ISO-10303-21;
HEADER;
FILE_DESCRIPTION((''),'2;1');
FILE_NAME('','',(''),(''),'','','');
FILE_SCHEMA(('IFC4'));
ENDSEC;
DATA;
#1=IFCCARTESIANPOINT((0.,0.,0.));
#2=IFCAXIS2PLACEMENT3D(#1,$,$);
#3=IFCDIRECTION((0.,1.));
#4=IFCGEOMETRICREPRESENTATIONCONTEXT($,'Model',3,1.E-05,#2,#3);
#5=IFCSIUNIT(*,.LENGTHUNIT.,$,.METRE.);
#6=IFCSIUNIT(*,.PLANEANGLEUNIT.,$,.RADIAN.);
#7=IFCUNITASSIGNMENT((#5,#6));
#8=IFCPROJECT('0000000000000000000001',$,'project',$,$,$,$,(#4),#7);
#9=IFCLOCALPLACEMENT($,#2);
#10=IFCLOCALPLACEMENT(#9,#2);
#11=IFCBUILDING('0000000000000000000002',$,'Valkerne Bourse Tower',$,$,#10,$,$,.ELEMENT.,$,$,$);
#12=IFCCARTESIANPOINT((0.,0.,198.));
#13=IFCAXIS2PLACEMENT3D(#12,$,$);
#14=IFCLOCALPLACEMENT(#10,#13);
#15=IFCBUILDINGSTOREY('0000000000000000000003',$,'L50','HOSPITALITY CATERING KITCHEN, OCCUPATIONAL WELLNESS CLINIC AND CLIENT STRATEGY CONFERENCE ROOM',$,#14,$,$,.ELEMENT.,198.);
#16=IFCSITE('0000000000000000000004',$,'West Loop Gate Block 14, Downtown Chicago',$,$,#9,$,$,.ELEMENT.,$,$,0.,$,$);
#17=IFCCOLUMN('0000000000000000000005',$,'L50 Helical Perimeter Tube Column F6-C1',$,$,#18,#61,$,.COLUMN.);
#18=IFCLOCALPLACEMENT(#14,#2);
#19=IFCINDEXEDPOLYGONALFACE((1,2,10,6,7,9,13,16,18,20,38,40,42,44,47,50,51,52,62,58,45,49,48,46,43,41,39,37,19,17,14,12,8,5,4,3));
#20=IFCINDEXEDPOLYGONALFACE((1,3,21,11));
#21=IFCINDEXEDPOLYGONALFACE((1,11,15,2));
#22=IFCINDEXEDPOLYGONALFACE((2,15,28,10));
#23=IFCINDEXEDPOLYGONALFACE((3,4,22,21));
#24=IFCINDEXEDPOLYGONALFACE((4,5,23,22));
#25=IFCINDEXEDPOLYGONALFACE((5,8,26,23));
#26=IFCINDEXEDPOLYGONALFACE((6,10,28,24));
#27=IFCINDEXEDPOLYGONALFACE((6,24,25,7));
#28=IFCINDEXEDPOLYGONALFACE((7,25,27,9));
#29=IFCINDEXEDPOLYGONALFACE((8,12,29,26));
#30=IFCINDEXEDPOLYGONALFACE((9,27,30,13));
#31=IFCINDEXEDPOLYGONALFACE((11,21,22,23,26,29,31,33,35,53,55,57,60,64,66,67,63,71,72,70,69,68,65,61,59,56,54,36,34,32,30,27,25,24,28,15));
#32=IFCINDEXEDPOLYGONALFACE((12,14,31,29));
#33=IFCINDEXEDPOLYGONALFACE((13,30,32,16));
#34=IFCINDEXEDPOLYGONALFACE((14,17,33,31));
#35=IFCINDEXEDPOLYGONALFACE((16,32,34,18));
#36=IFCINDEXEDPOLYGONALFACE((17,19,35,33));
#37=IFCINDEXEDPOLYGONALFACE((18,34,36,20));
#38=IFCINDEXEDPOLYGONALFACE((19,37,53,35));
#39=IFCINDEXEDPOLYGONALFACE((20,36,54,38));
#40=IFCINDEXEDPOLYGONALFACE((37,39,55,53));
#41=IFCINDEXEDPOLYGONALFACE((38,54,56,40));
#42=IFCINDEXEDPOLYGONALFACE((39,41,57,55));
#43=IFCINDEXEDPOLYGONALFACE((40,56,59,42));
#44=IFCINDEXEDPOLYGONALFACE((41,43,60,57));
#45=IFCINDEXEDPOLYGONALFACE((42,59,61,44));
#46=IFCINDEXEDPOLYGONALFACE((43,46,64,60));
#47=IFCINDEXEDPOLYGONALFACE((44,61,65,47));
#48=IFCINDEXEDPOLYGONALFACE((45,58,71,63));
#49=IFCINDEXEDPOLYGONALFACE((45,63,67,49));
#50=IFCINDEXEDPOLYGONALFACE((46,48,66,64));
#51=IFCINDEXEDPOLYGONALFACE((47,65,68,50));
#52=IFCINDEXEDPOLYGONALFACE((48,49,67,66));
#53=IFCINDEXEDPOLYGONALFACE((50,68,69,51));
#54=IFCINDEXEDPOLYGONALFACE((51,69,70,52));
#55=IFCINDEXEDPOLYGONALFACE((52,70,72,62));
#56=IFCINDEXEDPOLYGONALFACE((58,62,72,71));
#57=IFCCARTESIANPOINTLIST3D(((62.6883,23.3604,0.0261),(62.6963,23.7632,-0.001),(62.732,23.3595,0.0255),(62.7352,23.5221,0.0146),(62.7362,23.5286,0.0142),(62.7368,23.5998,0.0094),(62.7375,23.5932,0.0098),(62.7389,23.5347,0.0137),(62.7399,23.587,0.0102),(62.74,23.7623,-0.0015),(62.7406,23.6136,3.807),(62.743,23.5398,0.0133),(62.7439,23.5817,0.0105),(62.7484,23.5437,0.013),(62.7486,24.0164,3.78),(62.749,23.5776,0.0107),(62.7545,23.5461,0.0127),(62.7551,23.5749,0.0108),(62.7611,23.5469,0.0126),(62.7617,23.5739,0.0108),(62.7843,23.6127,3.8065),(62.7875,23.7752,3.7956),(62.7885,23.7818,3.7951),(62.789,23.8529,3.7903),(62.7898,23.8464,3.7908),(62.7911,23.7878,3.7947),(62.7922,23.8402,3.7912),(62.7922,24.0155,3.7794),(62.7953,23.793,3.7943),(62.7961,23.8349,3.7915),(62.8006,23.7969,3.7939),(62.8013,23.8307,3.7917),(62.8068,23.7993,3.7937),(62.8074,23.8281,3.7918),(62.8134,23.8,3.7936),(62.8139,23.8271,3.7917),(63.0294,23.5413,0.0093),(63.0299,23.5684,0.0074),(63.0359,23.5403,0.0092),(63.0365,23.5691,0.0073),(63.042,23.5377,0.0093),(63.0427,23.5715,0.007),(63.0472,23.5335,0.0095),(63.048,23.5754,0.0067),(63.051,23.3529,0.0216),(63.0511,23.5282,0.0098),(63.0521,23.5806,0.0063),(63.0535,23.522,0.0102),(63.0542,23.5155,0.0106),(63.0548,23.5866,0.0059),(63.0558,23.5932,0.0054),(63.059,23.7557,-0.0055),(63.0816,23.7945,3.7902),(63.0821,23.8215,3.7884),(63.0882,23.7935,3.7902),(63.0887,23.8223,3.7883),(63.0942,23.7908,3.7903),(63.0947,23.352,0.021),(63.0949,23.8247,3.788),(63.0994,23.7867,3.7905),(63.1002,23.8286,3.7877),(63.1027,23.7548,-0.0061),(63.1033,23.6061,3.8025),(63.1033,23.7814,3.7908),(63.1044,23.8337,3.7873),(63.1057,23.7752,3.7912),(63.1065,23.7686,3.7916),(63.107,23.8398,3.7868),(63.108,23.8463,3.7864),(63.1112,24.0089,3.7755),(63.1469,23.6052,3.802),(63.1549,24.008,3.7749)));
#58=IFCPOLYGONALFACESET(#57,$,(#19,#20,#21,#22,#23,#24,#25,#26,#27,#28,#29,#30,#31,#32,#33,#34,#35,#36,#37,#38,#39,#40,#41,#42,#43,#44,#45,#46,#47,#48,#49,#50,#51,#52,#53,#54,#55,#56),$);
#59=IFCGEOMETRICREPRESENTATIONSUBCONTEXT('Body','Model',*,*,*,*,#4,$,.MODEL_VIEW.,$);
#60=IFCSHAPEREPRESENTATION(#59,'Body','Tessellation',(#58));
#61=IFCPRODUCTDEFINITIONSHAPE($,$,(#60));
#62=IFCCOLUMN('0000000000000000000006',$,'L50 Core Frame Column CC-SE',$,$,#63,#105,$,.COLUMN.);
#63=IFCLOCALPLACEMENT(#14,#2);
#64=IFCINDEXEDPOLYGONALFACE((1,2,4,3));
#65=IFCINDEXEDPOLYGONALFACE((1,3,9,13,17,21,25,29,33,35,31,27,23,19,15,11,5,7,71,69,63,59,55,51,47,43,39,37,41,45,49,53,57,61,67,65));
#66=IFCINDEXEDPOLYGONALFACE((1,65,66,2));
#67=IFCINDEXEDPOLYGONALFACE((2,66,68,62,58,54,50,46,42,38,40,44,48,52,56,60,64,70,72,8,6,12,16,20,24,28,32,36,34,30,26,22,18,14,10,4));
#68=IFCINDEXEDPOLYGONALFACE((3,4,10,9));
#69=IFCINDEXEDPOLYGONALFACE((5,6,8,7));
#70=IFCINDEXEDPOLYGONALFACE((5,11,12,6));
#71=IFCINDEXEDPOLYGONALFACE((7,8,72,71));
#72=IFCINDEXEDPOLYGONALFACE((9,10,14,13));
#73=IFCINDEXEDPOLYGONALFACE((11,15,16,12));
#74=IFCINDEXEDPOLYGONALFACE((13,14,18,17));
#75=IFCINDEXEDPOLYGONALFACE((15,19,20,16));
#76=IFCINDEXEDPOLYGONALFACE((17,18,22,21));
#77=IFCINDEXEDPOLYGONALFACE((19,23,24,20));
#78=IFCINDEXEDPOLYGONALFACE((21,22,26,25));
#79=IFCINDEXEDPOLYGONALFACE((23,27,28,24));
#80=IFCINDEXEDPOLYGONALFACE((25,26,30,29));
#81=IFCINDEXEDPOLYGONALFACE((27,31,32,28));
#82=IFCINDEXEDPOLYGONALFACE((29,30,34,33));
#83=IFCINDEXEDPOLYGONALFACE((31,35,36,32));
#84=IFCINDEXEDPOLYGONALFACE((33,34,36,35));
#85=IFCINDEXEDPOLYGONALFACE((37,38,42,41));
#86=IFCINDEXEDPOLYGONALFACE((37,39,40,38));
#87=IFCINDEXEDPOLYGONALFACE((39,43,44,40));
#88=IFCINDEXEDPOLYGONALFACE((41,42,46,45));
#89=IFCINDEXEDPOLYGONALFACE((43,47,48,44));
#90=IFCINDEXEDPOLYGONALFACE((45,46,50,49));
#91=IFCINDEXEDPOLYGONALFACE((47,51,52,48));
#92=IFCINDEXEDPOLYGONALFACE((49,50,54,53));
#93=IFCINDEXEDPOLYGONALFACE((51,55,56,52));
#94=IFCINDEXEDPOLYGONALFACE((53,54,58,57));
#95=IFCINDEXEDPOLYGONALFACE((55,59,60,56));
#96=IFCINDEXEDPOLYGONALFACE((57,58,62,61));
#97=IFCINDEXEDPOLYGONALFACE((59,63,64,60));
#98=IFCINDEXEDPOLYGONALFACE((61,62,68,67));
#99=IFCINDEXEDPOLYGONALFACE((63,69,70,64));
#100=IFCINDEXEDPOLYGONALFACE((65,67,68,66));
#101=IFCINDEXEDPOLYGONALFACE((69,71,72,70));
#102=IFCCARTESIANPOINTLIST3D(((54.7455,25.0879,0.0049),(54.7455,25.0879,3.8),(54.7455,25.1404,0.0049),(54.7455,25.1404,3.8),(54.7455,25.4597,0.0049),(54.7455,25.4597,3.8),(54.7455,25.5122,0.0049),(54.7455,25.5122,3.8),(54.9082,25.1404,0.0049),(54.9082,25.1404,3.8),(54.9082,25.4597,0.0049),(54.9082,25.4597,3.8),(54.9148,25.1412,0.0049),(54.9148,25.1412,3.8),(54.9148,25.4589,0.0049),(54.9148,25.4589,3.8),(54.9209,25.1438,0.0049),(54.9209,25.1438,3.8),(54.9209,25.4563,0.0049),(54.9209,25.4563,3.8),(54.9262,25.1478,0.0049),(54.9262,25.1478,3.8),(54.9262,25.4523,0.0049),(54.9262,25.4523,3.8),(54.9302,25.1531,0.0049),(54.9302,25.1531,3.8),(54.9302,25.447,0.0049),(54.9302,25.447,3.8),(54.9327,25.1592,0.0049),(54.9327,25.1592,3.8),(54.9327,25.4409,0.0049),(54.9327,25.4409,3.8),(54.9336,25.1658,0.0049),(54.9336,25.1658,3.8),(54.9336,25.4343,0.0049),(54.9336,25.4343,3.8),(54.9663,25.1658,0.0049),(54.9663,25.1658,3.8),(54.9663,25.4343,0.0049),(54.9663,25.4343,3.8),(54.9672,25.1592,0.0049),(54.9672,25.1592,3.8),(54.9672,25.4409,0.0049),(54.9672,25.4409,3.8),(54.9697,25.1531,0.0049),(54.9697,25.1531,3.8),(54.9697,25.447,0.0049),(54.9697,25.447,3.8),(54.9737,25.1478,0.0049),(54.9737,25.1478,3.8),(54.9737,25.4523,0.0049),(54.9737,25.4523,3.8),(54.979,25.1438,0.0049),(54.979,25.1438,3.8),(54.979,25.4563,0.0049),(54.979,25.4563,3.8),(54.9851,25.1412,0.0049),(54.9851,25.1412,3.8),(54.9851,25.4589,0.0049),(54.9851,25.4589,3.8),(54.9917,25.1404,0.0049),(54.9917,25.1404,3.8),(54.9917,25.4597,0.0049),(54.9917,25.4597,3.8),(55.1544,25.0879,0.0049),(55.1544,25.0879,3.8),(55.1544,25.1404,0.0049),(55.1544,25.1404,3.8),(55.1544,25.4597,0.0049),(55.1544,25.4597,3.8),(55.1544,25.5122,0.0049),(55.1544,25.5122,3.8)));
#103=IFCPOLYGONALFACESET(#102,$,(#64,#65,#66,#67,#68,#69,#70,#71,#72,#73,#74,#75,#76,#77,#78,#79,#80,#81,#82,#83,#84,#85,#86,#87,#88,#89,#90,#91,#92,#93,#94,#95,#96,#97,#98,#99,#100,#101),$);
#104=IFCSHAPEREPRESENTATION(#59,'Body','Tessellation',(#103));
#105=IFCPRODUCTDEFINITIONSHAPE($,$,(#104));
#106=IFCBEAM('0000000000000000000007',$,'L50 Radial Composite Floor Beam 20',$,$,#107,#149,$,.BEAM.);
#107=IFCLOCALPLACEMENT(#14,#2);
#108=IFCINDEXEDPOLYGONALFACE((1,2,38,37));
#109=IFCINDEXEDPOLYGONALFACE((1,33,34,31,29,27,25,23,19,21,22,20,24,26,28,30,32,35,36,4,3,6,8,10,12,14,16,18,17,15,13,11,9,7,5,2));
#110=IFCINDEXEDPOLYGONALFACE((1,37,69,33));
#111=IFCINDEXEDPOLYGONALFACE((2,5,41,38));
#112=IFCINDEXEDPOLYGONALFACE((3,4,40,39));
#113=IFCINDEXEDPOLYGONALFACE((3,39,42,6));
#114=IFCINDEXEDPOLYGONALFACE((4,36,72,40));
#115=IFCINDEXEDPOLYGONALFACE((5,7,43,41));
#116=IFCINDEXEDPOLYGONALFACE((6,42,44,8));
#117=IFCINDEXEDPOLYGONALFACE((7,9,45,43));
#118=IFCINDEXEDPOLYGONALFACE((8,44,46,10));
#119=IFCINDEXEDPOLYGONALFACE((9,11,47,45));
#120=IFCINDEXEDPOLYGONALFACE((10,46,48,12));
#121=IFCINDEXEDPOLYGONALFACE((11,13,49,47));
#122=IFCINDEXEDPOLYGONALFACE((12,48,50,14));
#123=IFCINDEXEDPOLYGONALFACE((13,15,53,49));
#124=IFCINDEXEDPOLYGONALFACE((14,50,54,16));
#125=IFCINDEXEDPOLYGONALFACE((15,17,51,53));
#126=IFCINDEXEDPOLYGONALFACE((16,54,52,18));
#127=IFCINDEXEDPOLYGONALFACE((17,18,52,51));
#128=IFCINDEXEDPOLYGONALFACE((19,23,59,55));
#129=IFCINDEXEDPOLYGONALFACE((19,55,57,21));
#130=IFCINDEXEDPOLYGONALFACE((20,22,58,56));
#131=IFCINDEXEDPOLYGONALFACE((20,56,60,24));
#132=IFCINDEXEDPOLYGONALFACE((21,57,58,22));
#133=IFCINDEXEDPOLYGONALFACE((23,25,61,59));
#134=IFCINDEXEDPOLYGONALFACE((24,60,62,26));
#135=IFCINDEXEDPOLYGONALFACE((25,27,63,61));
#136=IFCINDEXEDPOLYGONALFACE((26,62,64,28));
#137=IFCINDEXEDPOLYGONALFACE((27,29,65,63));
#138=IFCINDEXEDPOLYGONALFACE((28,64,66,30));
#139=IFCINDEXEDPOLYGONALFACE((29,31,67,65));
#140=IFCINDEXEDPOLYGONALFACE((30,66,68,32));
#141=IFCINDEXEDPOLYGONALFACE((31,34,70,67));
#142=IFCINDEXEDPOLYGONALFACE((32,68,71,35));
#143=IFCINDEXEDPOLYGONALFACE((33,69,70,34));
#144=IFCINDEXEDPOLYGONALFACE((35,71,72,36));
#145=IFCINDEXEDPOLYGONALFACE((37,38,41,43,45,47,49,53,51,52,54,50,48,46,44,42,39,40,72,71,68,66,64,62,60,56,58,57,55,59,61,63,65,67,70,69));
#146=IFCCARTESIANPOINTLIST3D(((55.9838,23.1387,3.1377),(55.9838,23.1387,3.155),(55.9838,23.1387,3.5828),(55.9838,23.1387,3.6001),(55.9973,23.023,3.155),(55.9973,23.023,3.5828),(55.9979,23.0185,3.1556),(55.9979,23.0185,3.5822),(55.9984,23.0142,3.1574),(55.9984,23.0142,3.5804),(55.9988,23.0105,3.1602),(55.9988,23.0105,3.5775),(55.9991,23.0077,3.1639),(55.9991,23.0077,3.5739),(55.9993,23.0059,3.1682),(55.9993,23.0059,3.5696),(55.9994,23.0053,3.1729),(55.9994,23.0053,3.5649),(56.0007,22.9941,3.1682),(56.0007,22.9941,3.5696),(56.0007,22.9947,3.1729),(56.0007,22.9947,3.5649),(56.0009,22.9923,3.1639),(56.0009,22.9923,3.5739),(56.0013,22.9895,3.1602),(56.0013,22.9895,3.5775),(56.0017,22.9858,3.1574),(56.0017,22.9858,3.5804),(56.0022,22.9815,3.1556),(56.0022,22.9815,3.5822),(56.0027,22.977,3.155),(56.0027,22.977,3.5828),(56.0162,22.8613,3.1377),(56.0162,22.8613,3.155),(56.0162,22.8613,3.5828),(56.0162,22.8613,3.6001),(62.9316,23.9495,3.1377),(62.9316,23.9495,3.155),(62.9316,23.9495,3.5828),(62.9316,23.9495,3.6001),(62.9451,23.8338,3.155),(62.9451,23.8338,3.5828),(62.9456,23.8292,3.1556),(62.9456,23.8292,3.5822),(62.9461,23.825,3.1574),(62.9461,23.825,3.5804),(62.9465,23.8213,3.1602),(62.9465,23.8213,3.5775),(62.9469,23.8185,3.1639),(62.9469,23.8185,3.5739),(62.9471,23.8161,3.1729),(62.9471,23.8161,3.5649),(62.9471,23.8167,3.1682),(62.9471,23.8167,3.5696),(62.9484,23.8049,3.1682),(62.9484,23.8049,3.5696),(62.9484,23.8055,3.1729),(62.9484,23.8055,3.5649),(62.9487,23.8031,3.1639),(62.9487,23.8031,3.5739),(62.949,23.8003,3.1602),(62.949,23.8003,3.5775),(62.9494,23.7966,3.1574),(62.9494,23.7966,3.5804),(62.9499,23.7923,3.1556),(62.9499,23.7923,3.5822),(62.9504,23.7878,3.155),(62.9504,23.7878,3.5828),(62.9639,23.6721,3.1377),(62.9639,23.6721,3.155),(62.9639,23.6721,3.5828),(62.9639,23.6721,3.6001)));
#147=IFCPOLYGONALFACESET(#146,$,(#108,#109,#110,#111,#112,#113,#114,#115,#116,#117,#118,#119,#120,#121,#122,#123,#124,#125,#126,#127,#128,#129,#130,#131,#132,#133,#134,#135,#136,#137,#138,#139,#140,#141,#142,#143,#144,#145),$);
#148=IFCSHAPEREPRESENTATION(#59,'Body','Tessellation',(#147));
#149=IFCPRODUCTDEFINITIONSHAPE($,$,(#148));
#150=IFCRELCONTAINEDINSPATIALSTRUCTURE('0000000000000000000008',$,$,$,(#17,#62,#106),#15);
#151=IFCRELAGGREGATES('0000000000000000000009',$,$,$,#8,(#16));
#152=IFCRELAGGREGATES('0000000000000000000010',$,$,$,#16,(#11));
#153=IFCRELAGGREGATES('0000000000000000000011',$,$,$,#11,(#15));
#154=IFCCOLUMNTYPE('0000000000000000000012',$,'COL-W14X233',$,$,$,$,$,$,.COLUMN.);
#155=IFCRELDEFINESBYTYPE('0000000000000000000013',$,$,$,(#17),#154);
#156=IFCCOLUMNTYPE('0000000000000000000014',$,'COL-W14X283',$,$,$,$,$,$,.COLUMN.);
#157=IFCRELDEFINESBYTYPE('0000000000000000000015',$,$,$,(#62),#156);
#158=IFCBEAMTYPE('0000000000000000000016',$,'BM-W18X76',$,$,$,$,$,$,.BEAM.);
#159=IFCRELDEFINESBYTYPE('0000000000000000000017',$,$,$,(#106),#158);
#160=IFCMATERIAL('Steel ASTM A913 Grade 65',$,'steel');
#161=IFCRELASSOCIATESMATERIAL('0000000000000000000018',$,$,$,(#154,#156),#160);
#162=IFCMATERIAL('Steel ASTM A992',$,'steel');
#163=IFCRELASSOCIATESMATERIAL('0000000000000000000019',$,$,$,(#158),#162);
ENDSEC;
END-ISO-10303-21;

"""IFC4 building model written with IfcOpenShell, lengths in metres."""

from ifc_helpers import new_model, si_unit, direction, frame, origin, origin_2d, place, context, subcontext, project, spatial, i_section, extrude, material, material_profile, profile_set, type_object, element, save


model = new_model("IFC4")

# Units and contexts
model_context = context("Model", 3, precision=1e-05, world=origin(), true_north=direction((0.0, 1.0)))
body_context = subcontext(model_context, "Body", "Model", "MODEL_VIEW")
ifc_project = project(units=[si_unit("LENGTHUNIT", "METRE"), si_unit("PLANEANGLEUNIT", "RADIAN")], contexts=[model_context])

# Site, building, storey
site_placement = place(None, origin())
site = spatial("IfcSite", under=ifc_project, at=site_placement, Name="West Loop Gate Block 14, Downtown Chicago", CompositionType="ELEMENT", RefElevation=0.0)
building_placement = place(site_placement, origin())
building = spatial("IfcBuilding", under=site, at=building_placement, Name="Valkerne Bourse Tower", CompositionType="ELEMENT")
storey_placement = place(building_placement, frame((0.0, 0.0, 198.0)))
storey = spatial("IfcBuildingStorey", under=building, at=storey_placement, Name="L50", Description="HOSPITALITY CATERING KITCHEN, OCCUPATIONAL WELLNESS CLINIC AND CLIENT STRATEGY CONFERENCE ROOM", CompositionType="ELEMENT", Elevation=198.0)

# Columns
ifc_material_1 = material(Name="Steel ASTM A913 Grade 65", Category="steel")
ifc_material_profile_1 = material_profile(ifc_material_1, i_section(OverallWidth=0.4038, OverallDepth=0.4065, WebThickness=0.0271, FlangeThickness=0.0437, FilletRadius=0.0254, at=origin_2d()), Name="W14X233")
ifc_profile_set_1 = profile_set([ifc_material_profile_1], Name="Steel ASTM A913 Grade 65")
column_type_1 = type_object("IfcColumnType", Name="COL-W14X233", PredefinedType="COLUMN", material=ifc_profile_set_1)
column_1_placement = place(storey_placement, frame((62.8955, 23.5576, 0.01), z_axis=(0.013786, 0.066803, 0.997671), x_axis=(-0.019784, -0.997552, 0.067069)))
element("IfcColumn", 1, at=column_1_placement, inside=storey, type_object=column_type_1, Name="L50 Helical Perimeter Tube Column F6-C1", PredefinedType="COLUMN", context=body_context, shape_type="SweptSolid", body=[
    extrude(i_section(OverallWidth=0.4038, OverallDepth=0.4065, WebThickness=0.0271, FlangeThickness=0.0437, FilletRadius=0.0254, at=origin_2d()), origin(), (0.0, 0.0, 1.0), 3.7898),
])
ifc_material_profile_2 = material_profile(ifc_material_1, i_section(OverallWidth=0.4089, OverallDepth=0.4243, WebThickness=0.0327, FlangeThickness=0.0525, FilletRadius=0.0254, at=origin_2d()), Name="W14X283")
ifc_profile_set_2 = profile_set([ifc_material_profile_2], Name="Steel ASTM A913 Grade 65")
column_type_2 = type_object("IfcColumnType", Name="COL-W14X283", PredefinedType="COLUMN", material=ifc_profile_set_2)
column_2_placement = place(storey_placement, frame((54.95, 25.3, 0.0049), z_axis=(0.0, 0.0, 1.0), x_axis=(1.0, 0.0, 0.0)))
element("IfcColumn", 2, at=column_2_placement, inside=storey, type_object=column_type_2, Name="L50 Core Frame Column CC-SE", PredefinedType="COLUMN", context=body_context, shape_type="SweptSolid", body=[
    extrude(i_section(OverallWidth=0.4089, OverallDepth=0.4243, WebThickness=0.0327, FlangeThickness=0.0525, FilletRadius=0.0254, at=origin_2d()), origin(), (0.0, 0.0, 1.0), 3.7952),
])

# Beam
ifc_material_2 = material(Name="Steel ASTM A992", Category="steel")
ifc_material_profile_3 = material_profile(ifc_material_2, i_section(OverallWidth=0.2793, OverallDepth=0.4624, WebThickness=0.0107, FlangeThickness=0.0173, FilletRadius=0.0178, at=origin_2d()), Name="W18X76")
ifc_profile_set_3 = profile_set([ifc_material_profile_3], Name="Steel ASTM A992")
beam_type_1 = type_object("IfcBeamType", Name="BM-W18X76", PredefinedType="BEAM", material=ifc_profile_set_3)
beam_1_placement = place(storey_placement, frame((62.9478, 23.8108, 3.3689), z_axis=(-0.99326, -0.115912, 0.0), x_axis=(0.115912, -0.99326, 0.0)))
element("IfcBeam", 3, at=beam_1_placement, inside=storey, type_object=beam_type_1, Name="L50 Radial Composite Floor Beam 20", PredefinedType="BEAM", context=body_context, shape_type="SweptSolid", body=[
    extrude(i_section(OverallWidth=0.2793, OverallDepth=0.4624, WebThickness=0.0107, FlangeThickness=0.0173, FilletRadius=0.0178, at=origin_2d()), origin(), (0.0, 0.0, 1.0), 6.9949),
])

save(model, "model.ifc")
